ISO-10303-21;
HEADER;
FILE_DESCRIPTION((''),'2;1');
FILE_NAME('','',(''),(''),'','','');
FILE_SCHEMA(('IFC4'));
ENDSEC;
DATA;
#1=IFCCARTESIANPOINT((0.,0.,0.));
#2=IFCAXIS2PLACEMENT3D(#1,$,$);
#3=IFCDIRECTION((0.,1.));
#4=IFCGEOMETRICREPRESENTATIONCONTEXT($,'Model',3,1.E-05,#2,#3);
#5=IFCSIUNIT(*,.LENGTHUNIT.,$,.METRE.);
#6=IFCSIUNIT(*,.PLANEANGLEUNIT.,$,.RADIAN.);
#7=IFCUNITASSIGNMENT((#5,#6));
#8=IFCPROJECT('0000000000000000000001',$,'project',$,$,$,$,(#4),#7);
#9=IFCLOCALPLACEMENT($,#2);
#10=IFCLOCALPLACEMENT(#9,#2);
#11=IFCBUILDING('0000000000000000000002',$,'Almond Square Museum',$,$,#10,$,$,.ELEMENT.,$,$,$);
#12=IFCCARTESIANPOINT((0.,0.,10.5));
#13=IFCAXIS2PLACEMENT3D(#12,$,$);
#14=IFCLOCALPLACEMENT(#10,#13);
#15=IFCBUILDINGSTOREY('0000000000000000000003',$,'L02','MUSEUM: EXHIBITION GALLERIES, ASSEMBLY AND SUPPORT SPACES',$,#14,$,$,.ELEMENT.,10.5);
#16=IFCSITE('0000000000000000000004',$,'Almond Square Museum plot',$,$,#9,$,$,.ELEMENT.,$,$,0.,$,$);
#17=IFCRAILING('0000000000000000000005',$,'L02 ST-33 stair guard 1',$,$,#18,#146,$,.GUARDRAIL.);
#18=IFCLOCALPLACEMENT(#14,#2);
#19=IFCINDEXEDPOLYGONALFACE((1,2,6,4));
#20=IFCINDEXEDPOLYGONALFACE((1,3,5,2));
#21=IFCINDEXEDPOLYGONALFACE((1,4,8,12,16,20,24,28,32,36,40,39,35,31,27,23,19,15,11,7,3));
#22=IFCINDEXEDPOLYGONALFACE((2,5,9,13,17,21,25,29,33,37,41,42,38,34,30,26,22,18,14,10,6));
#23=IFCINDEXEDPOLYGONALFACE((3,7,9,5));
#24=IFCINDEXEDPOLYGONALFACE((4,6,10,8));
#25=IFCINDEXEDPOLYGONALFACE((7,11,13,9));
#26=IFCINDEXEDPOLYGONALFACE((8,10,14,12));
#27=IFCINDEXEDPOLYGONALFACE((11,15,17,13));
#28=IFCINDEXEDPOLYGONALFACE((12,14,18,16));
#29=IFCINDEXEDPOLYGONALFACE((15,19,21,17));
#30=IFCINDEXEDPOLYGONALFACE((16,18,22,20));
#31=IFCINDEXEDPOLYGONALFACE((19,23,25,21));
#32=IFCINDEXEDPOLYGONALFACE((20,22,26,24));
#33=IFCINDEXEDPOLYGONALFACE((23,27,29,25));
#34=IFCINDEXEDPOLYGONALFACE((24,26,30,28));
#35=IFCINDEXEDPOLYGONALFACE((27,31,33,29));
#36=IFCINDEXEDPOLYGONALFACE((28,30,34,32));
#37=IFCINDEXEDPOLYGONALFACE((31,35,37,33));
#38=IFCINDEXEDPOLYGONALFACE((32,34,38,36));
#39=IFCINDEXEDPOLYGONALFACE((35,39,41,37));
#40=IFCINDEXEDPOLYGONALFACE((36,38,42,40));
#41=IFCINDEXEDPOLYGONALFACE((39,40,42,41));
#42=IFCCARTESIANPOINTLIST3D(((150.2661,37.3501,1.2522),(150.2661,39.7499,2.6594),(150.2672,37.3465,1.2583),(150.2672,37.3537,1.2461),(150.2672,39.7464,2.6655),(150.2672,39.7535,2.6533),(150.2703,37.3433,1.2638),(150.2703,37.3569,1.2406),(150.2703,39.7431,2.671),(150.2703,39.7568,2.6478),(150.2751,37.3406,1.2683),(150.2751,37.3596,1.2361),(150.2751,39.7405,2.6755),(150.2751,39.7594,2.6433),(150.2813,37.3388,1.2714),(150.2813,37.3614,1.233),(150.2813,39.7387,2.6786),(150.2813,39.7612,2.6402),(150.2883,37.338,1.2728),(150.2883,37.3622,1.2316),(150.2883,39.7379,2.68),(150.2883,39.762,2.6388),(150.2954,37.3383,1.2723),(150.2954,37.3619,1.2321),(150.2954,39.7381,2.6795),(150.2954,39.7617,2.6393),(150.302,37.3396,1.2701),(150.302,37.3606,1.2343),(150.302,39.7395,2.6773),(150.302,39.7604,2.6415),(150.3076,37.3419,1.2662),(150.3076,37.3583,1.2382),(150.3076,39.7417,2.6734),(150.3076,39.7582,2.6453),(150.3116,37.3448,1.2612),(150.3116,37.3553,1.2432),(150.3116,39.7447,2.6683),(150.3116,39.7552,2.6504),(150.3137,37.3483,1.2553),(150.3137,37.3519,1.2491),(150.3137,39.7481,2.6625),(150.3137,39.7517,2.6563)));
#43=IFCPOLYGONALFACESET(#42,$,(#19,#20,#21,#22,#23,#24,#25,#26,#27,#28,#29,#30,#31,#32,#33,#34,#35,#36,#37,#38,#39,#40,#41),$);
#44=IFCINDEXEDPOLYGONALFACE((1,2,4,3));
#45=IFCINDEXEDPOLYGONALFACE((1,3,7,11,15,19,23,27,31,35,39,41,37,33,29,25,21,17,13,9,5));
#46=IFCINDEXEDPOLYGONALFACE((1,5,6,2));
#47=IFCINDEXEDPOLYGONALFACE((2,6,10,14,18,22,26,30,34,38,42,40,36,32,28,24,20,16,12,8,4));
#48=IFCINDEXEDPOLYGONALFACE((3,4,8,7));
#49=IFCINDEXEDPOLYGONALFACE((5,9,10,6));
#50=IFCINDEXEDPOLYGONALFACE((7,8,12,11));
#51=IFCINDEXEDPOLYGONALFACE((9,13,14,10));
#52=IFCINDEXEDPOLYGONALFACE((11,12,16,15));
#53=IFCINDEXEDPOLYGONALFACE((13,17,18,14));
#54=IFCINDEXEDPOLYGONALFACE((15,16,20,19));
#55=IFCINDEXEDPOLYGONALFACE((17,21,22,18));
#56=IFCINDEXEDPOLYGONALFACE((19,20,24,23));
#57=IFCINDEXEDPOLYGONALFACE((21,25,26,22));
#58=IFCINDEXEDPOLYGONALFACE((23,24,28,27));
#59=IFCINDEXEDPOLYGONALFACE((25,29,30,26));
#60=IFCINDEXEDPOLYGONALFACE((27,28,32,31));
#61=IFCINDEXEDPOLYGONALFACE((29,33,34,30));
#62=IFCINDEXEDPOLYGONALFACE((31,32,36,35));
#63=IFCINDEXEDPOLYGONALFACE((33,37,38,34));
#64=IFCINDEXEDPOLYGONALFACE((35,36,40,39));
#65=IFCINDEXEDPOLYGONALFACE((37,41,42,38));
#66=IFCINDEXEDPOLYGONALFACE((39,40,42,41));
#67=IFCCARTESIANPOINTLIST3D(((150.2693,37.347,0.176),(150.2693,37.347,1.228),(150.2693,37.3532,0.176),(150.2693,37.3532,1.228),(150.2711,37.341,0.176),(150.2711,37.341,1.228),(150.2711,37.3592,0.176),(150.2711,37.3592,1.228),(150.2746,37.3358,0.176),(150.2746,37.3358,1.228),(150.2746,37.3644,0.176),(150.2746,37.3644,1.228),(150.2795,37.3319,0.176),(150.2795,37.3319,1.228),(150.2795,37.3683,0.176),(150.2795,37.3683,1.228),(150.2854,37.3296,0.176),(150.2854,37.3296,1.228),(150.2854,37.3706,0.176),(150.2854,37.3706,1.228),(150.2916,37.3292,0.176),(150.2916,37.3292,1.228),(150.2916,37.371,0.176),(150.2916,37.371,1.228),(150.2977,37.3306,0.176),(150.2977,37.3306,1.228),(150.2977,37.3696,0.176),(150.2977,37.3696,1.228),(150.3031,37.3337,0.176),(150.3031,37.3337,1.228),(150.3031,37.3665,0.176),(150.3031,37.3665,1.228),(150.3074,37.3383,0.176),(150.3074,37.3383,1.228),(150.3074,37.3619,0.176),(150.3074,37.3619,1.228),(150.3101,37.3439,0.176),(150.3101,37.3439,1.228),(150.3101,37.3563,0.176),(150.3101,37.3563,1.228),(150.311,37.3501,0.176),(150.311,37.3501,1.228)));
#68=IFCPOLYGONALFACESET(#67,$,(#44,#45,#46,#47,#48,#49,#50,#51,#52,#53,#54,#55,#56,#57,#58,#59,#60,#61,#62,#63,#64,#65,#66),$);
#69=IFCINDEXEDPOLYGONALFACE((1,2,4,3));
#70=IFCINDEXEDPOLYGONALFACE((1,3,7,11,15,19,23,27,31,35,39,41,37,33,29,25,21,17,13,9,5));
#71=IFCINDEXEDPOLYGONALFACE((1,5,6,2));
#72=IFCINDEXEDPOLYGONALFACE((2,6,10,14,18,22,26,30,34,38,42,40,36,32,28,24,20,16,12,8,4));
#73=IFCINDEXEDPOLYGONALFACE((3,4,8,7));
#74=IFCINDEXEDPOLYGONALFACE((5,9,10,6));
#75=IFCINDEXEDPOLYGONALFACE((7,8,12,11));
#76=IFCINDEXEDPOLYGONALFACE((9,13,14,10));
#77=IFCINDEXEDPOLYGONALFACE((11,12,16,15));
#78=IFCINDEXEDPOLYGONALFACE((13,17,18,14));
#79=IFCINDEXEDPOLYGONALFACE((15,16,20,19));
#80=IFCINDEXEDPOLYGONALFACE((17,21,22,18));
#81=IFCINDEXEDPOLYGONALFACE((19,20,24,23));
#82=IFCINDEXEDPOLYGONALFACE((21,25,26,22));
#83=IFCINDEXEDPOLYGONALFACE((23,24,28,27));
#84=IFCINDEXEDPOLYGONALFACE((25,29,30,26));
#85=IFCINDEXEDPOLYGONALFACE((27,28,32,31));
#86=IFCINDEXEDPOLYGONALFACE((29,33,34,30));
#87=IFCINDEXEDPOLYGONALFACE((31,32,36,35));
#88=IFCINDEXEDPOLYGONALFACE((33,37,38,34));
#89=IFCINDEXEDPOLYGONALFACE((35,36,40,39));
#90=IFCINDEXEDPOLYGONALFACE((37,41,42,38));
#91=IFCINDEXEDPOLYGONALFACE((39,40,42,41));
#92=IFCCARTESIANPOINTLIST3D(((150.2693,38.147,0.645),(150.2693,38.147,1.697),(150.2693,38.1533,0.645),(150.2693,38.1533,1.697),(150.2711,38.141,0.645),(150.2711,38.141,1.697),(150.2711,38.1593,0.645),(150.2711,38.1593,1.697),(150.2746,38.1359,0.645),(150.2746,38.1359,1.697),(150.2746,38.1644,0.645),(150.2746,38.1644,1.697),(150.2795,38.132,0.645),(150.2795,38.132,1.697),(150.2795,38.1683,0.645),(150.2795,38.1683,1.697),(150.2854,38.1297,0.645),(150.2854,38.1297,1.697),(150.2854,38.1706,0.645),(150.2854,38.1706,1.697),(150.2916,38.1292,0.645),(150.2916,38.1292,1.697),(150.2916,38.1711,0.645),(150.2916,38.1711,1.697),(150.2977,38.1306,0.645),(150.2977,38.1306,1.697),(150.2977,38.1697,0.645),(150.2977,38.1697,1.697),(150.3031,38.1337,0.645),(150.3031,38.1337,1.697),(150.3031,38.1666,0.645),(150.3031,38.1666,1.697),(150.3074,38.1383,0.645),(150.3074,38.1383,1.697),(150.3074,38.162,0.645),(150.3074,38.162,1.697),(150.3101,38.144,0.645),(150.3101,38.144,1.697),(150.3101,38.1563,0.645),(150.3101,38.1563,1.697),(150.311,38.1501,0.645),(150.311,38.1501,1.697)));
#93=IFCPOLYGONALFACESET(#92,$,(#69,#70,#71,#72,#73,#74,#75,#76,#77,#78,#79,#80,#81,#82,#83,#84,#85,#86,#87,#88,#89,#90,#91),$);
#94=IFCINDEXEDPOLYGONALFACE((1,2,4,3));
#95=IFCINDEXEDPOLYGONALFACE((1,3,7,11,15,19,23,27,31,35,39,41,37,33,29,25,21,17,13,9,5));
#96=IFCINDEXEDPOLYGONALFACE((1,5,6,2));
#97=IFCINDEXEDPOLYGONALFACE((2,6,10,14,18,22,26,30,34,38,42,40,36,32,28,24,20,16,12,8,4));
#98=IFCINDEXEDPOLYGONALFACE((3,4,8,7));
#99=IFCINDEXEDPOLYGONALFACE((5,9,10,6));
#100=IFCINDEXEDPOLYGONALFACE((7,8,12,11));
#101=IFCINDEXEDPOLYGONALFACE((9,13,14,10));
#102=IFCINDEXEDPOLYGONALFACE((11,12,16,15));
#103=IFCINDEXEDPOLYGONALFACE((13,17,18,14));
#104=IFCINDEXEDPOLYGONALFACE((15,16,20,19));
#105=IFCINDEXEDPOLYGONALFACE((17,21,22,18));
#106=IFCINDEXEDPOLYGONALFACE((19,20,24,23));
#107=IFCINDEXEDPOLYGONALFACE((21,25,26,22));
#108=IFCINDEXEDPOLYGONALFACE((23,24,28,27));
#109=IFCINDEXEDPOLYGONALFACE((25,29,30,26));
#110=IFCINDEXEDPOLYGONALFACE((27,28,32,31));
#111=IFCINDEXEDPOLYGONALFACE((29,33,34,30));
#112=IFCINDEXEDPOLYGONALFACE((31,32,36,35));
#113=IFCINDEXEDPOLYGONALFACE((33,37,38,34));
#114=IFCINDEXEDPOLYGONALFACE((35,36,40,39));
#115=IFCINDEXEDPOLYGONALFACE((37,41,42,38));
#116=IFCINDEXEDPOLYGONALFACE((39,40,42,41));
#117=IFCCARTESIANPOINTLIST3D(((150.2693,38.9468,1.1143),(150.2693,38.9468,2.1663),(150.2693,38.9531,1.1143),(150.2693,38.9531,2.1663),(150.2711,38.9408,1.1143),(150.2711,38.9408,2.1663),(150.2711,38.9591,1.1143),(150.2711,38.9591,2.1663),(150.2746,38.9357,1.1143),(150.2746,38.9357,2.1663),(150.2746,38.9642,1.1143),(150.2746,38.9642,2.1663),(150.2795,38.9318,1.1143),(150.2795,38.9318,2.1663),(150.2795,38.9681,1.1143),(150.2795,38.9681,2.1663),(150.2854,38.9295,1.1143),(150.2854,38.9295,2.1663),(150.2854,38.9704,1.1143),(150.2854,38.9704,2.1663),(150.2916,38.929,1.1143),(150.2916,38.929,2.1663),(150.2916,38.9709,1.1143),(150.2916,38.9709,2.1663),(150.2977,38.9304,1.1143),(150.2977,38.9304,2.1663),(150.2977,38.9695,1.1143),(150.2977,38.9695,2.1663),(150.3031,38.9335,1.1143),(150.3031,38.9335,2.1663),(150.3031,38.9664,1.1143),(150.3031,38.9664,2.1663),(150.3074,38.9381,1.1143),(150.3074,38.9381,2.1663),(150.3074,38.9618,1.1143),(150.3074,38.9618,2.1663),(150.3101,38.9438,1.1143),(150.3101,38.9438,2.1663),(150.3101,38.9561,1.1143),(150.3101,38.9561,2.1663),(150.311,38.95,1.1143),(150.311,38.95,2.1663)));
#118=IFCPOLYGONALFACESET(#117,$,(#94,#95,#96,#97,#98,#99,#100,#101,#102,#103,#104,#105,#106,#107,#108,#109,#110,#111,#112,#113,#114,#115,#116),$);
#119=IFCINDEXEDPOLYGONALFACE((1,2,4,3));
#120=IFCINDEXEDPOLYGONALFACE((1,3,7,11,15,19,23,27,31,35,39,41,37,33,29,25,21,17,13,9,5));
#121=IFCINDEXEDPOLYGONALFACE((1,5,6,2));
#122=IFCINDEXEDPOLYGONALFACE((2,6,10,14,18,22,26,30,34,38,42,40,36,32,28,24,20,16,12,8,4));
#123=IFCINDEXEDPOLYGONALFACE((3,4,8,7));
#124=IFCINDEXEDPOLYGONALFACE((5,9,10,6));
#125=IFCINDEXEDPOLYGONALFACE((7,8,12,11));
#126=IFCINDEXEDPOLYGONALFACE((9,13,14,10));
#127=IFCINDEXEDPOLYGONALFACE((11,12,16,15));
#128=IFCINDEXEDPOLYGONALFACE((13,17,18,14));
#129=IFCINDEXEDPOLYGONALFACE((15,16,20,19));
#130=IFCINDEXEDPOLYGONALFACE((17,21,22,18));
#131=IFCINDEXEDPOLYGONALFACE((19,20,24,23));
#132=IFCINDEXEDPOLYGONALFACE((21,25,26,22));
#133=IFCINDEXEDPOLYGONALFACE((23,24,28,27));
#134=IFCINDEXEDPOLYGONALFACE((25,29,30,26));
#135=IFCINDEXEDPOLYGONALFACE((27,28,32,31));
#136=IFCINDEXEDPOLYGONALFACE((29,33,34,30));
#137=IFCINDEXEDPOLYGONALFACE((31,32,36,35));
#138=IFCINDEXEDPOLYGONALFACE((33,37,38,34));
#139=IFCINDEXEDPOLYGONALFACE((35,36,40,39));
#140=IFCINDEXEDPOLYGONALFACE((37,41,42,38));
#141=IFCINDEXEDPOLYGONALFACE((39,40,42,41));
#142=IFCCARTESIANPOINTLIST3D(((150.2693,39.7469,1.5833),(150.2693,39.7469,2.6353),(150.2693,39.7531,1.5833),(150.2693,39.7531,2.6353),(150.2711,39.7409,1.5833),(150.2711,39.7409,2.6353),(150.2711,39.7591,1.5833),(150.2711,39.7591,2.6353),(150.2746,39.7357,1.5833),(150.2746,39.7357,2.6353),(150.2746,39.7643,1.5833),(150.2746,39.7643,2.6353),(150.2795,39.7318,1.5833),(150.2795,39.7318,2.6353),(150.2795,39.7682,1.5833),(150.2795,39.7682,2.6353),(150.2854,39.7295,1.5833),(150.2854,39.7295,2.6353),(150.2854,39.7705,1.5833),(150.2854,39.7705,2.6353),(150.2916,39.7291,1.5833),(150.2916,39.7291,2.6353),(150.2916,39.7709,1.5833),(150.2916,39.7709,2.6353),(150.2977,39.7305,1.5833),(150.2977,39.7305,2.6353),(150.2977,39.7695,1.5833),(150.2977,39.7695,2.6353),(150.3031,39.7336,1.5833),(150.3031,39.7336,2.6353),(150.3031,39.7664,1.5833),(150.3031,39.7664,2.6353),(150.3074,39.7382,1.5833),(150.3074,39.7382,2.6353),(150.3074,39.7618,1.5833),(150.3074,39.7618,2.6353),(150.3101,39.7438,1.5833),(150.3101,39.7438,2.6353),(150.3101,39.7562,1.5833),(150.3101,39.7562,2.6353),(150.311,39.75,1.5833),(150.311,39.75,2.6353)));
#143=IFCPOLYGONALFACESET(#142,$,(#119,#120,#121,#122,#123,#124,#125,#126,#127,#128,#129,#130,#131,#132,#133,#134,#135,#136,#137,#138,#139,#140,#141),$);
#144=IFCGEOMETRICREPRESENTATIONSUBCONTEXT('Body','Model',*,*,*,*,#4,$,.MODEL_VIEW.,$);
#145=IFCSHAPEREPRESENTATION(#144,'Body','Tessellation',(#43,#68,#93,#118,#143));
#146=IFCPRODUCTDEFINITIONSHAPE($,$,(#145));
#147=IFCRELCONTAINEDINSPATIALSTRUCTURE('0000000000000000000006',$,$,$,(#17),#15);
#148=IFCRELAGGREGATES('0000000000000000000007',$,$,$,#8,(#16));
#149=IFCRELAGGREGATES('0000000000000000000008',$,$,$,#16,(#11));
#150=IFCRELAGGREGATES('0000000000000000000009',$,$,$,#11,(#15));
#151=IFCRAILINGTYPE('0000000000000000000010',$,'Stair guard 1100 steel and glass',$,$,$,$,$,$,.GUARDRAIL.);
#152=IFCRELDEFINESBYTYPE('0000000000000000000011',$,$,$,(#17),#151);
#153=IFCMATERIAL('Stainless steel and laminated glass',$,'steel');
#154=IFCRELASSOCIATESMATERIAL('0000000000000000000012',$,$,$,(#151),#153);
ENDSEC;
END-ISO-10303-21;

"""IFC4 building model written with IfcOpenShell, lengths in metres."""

from ifc_helpers import new_model, si_unit, direction, frame, origin, origin_2d, place, context, subcontext, project, spatial, circle, extrude, material, type_object, element, save


model = new_model("IFC4")

# Units and contexts
model_context = context("Model", 3, precision=1e-05, world=origin(), true_north=direction((0.0, 1.0)))
body_context = subcontext(model_context, "Body", "Model", "MODEL_VIEW")
ifc_project = project(units=[si_unit("LENGTHUNIT", "METRE"), si_unit("PLANEANGLEUNIT", "RADIAN")], contexts=[model_context])

# Site, building, storey
site_placement = place(None, origin())
site = spatial("IfcSite", under=ifc_project, at=site_placement, Name="Almond Square Museum plot", CompositionType="ELEMENT", RefElevation=0.0)
building_placement = place(site_placement, origin())
building = spatial("IfcBuilding", under=site, at=building_placement, Name="Almond Square Museum", CompositionType="ELEMENT")
storey_placement = place(building_placement, frame((0.0, 0.0, 10.5)))
storey = spatial("IfcBuildingStorey", under=building, at=storey_placement, Name="L02", Description="MUSEUM: EXHIBITION GALLERIES, ASSEMBLY AND SUPPORT SPACES", CompositionType="ELEMENT", Elevation=10.5)

# Railing
ifc_material_1 = material(Name="Stainless steel and laminated glass", Category="steel")
railing_type_1 = type_object("IfcRailingType", Name="Stair guard 1100 steel and glass", PredefinedType="GUARDRAIL", material=ifc_material_1)
railing_1_placement = place(storey_placement, frame((150.29, 37.3501, 0.176)))
element("IfcRailing", 1, at=railing_1_placement, inside=storey, type_object=railing_type_1, Name="L02 ST-33 stair guard 1", PredefinedType="GUARDRAIL", context=body_context, shape_type="SweptSolid", body=[
    extrude(circle(Radius=0.0239, at=origin_2d()), frame((0.0, 0.0, 1.0762), z_axis=(0.0, 0.862637, 0.505823), x_axis=(-1.0, 0.0, 0.0)), (0.0, 0.0, 1.0), 2.782),
    extrude(circle(Radius=0.021, at=origin_2d()), origin(), (0.0, 0.0, 1.0), 1.052),
    extrude(circle(Radius=0.021, at=origin_2d()), frame((0.0, 0.8, 0.469)), (0.0, 0.0, 1.0), 1.052),
    extrude(circle(Radius=0.021, at=origin_2d()), frame((0.0, 1.5999, 0.9382)), (0.0, 0.0, 1.0), 1.052),
    extrude(circle(Radius=0.021, at=origin_2d()), frame((0.0, 2.3999, 1.4072)), (0.0, 0.0, 1.0), 1.052),
])

save(model, "model.ifc")
